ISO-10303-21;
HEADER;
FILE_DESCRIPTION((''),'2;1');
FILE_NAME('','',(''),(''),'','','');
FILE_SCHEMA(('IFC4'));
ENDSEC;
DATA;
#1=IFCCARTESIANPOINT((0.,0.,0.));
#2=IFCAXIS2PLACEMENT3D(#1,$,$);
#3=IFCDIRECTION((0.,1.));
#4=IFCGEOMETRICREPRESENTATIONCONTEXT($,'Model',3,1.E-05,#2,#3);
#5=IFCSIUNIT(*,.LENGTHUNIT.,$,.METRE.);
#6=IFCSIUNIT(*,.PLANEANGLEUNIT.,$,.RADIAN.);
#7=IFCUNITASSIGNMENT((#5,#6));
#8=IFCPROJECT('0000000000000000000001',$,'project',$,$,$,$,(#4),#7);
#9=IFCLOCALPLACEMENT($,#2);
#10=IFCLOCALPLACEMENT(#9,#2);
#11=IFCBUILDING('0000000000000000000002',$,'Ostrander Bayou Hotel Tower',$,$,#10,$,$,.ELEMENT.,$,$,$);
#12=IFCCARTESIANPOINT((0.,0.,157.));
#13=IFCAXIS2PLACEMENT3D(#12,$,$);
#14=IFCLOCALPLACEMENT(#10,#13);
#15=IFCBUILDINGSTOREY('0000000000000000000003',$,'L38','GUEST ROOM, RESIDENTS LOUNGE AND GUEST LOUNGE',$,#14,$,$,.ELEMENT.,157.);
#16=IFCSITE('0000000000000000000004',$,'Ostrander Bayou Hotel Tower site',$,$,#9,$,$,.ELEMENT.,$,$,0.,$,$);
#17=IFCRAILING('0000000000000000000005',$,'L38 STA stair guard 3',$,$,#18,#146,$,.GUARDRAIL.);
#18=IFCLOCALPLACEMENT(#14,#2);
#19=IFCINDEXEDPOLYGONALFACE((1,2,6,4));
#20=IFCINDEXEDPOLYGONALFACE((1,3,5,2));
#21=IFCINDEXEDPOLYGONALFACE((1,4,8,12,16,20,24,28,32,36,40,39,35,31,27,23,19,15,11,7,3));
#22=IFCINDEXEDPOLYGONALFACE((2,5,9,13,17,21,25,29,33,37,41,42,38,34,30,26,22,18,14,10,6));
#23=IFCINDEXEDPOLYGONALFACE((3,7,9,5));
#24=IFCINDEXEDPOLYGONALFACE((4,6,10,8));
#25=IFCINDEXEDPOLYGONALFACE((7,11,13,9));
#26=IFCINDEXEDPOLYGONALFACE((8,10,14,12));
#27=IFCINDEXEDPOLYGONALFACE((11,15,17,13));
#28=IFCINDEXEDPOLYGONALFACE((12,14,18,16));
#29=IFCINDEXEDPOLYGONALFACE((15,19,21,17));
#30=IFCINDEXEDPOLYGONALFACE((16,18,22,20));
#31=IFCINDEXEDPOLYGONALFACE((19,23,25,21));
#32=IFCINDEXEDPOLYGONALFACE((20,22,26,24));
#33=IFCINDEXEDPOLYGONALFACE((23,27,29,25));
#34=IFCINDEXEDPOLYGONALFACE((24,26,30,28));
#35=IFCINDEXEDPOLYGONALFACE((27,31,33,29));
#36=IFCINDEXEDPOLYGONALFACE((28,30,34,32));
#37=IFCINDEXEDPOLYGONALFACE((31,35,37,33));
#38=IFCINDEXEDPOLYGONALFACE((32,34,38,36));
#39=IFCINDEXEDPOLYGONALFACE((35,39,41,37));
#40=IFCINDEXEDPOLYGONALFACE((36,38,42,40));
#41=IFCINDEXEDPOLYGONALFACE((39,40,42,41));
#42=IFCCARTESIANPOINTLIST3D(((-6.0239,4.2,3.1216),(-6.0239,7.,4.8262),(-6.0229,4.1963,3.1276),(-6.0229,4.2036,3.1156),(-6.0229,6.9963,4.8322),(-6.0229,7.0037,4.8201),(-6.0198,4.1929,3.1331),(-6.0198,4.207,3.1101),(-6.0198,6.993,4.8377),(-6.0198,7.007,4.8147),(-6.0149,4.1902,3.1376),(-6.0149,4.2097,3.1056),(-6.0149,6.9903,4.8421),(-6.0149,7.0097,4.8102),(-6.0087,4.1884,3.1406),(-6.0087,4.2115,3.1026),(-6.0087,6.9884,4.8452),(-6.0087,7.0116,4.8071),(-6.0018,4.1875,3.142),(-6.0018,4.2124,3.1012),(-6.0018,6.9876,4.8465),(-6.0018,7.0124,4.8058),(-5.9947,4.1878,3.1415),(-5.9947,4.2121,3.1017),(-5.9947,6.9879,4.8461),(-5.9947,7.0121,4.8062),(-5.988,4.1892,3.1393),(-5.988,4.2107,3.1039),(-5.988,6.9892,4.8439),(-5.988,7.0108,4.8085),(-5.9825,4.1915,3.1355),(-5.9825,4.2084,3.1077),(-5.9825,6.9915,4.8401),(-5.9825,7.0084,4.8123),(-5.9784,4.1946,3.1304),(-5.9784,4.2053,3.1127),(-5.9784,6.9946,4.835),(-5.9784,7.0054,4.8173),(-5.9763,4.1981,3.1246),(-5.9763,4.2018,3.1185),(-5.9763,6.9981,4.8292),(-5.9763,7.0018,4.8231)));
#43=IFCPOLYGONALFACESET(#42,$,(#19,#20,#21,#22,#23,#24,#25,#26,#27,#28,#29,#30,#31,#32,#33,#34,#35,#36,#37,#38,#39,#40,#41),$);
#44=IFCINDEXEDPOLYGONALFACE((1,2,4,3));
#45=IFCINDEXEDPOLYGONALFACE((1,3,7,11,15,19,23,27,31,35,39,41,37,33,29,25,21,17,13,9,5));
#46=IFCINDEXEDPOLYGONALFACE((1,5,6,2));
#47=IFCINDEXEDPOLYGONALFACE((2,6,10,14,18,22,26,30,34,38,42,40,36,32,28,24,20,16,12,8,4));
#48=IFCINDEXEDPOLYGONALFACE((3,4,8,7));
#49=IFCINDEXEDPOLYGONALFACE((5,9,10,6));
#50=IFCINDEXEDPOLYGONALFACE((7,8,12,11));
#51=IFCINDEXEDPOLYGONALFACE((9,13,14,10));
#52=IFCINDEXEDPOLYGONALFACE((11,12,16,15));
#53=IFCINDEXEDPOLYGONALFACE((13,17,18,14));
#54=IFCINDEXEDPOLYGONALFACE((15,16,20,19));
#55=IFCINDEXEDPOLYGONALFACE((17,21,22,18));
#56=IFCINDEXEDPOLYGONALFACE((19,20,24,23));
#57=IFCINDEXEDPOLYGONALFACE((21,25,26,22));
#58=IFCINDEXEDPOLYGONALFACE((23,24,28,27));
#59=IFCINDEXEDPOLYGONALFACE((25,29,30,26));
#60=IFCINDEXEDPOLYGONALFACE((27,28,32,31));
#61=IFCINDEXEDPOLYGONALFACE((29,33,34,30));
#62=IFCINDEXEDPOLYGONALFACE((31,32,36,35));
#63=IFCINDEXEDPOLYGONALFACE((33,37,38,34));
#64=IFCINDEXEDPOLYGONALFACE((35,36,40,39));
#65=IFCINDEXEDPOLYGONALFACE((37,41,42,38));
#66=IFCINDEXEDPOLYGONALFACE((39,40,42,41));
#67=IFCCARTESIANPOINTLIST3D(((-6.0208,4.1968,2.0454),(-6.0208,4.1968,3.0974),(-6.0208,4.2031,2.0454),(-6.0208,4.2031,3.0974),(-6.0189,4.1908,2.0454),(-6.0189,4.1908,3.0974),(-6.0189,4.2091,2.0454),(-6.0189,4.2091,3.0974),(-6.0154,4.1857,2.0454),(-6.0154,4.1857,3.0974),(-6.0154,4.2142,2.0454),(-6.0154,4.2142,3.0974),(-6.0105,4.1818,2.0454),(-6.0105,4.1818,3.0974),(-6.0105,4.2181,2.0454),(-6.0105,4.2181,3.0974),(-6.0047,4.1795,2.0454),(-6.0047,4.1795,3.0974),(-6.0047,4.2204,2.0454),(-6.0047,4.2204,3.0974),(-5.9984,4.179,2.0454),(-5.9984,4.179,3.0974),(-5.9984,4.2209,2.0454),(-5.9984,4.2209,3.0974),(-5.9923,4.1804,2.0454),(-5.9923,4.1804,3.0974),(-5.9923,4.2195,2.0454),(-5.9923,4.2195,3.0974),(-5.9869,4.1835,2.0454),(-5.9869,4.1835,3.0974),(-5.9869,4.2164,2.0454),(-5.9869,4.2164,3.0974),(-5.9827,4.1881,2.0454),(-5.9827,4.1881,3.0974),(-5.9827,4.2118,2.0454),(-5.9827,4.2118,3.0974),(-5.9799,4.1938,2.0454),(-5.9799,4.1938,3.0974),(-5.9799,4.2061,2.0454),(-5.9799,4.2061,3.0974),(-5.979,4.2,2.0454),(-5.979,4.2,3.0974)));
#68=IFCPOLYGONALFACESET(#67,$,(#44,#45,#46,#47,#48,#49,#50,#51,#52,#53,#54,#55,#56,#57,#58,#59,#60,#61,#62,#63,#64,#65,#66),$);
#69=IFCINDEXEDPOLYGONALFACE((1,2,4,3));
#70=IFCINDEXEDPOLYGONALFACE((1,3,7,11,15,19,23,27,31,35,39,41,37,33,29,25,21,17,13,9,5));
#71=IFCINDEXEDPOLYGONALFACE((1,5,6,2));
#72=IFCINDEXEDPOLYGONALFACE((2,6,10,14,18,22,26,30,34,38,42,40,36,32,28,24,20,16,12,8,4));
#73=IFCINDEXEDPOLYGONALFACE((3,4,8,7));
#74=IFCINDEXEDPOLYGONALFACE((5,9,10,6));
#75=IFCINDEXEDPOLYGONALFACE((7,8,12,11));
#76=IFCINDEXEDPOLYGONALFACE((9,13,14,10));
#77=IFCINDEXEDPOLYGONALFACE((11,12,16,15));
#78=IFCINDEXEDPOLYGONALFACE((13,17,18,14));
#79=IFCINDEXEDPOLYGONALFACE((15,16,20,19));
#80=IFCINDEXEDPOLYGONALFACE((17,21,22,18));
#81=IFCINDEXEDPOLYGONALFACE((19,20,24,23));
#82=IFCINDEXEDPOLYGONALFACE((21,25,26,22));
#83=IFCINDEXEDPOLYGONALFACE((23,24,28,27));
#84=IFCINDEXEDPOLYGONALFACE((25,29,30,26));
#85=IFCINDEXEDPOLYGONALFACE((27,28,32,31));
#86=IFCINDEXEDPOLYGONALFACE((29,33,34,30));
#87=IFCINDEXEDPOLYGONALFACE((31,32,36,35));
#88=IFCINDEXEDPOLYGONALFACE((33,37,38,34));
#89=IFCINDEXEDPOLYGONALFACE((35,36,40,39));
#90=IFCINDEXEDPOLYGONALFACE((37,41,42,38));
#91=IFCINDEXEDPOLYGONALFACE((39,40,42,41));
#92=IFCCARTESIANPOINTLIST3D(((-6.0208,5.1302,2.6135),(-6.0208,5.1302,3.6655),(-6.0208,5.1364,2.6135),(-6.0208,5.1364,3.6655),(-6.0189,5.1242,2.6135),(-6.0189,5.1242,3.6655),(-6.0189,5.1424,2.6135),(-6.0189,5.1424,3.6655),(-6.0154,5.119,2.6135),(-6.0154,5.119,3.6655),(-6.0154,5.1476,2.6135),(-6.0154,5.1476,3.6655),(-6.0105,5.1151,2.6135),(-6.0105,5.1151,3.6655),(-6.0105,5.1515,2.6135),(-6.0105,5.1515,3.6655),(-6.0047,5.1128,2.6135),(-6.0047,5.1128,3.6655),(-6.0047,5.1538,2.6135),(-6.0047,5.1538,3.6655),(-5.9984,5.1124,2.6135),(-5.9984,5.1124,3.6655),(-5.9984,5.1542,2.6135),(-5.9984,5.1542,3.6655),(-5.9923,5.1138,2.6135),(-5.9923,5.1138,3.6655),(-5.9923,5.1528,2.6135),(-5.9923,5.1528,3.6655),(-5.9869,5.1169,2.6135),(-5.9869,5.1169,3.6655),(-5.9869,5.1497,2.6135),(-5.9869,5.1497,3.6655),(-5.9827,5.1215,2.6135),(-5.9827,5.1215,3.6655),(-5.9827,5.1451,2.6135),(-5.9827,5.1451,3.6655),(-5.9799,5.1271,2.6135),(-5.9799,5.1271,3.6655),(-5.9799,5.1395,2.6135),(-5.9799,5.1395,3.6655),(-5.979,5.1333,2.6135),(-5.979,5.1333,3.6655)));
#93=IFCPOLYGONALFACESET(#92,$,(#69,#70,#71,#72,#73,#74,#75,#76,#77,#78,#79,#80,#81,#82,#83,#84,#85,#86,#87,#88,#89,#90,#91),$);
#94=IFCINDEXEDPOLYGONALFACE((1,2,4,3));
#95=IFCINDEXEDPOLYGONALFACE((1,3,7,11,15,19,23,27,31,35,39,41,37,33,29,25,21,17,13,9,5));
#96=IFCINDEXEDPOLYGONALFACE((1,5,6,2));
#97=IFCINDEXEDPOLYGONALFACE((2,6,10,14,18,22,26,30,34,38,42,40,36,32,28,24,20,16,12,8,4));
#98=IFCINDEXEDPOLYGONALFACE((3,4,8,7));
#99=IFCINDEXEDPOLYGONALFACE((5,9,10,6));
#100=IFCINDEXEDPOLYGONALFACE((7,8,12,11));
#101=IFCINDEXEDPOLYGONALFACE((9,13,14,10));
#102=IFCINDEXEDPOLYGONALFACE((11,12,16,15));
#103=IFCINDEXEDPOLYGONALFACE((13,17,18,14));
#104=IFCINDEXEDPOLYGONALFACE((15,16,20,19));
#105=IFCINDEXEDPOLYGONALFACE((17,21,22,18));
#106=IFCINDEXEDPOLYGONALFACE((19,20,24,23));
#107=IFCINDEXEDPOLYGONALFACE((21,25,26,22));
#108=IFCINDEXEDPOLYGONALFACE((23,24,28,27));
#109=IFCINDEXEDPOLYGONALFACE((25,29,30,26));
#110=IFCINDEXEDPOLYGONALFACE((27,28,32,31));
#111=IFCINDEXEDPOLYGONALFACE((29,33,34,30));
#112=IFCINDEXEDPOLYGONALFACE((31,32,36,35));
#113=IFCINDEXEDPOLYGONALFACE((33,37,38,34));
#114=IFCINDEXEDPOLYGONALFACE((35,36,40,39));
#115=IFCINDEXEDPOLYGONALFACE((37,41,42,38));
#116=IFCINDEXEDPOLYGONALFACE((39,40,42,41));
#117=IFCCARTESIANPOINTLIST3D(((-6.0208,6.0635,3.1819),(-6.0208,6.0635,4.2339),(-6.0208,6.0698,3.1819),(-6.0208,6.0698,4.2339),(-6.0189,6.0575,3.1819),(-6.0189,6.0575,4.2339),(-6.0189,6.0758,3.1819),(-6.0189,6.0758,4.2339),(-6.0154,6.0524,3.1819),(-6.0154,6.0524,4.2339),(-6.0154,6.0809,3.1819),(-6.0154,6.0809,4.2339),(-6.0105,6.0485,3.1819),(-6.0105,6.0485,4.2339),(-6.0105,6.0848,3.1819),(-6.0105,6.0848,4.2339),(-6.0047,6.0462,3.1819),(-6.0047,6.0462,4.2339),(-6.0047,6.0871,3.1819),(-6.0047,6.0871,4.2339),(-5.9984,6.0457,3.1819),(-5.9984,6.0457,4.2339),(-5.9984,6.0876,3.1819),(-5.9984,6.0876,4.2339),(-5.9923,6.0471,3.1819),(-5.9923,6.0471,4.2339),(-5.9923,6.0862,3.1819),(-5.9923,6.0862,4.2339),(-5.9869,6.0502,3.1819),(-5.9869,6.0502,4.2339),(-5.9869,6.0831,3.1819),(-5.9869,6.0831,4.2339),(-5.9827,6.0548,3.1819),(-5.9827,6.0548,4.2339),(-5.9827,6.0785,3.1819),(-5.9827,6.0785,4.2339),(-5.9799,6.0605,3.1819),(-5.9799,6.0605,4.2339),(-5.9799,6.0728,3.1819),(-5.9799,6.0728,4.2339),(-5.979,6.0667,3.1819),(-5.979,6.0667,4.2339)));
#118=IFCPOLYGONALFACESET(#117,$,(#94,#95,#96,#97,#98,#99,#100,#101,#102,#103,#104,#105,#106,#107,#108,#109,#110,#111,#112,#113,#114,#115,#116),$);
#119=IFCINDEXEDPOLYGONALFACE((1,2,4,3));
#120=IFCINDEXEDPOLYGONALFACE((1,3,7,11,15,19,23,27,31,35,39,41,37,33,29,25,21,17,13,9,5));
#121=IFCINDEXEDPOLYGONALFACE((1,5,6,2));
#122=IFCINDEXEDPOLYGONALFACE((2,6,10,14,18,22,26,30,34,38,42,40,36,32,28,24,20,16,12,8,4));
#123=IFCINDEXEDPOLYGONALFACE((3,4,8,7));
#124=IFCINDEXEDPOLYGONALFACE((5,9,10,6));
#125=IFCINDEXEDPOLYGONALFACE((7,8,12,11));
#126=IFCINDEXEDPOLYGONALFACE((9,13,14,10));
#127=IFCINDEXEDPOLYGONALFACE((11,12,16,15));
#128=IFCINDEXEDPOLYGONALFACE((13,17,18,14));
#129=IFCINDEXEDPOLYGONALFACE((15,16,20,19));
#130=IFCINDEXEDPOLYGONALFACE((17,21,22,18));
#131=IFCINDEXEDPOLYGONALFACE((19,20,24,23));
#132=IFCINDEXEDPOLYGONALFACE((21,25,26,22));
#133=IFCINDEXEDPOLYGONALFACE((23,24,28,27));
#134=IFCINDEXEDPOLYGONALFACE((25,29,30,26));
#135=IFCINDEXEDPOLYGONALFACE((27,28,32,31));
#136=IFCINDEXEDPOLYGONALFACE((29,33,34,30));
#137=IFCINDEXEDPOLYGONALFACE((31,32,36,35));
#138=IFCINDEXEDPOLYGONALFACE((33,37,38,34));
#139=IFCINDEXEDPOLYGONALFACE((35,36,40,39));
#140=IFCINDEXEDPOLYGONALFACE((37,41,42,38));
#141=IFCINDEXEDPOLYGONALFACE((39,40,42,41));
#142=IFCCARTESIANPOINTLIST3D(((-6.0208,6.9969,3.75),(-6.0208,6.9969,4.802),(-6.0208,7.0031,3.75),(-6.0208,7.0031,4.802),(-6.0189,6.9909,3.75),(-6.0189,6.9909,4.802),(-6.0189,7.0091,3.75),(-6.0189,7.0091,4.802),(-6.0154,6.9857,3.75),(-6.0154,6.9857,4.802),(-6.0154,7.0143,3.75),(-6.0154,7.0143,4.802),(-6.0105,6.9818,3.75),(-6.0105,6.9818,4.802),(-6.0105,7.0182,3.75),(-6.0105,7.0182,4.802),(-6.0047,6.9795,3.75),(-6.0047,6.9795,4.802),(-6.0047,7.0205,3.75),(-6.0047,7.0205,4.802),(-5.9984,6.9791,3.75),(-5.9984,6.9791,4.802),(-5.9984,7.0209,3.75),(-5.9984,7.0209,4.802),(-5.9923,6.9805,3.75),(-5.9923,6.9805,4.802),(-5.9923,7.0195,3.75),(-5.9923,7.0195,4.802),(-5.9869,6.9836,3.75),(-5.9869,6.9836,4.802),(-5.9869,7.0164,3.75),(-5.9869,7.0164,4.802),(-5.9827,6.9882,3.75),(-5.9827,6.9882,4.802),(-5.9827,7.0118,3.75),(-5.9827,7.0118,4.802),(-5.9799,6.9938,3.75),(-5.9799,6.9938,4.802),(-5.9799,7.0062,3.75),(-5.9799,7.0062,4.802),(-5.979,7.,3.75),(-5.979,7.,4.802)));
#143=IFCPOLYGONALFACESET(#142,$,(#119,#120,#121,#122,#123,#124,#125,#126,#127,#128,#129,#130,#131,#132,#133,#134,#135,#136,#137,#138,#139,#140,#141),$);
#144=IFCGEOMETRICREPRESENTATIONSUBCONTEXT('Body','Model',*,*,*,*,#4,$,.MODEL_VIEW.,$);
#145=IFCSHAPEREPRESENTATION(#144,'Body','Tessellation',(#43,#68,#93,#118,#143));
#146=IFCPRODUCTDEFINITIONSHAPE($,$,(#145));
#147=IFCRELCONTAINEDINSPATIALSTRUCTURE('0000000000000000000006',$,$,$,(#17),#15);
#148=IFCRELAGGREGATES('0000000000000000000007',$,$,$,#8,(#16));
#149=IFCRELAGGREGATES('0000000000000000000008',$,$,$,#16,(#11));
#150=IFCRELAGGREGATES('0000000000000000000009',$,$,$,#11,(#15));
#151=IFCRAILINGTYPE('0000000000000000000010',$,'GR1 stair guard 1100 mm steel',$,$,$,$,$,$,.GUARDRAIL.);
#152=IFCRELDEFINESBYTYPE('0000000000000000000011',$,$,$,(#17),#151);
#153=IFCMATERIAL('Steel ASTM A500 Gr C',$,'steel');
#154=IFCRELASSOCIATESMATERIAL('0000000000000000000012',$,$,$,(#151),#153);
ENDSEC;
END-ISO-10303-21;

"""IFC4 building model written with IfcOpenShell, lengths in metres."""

from ifc_helpers import new_model, si_unit, direction, frame, origin, origin_2d, place, context, subcontext, project, spatial, circle, extrude, material, type_object, element, save


model = new_model("IFC4")

# Units and contexts
model_context = context("Model", 3, precision=1e-05, world=origin(), true_north=direction((0.0, 1.0)))
body_context = subcontext(model_context, "Body", "Model", "MODEL_VIEW")
ifc_project = project(units=[si_unit("LENGTHUNIT", "METRE"), si_unit("PLANEANGLEUNIT", "RADIAN")], contexts=[model_context])

# Site, building, storey
site_placement = place(None, origin())
site = spatial("IfcSite", under=ifc_project, at=site_placement, Name="Ostrander Bayou Hotel Tower site", CompositionType="ELEMENT", RefElevation=0.0)
building_placement = place(site_placement, origin())
building = spatial("IfcBuilding", under=site, at=building_placement, Name="Ostrander Bayou Hotel Tower", CompositionType="ELEMENT")
storey_placement = place(building_placement, frame((0.0, 0.0, 157.0)))
storey = spatial("IfcBuildingStorey", under=building, at=storey_placement, Name="L38", Description="GUEST ROOM, RESIDENTS LOUNGE AND GUEST LOUNGE", CompositionType="ELEMENT", Elevation=157.0)

# Railing
ifc_material_1 = material(Name="Steel ASTM A500 Gr C", Category="steel")
railing_type_1 = type_object("IfcRailingType", Name="GR1 stair guard 1100 mm steel", PredefinedType="GUARDRAIL", material=ifc_material_1)
railing_1_placement = place(storey_placement, frame((-6.0, 4.2, 2.0454)))
element("IfcRailing", 1, at=railing_1_placement, inside=storey, type_object=railing_type_1, Name="L38 STA stair guard 3", PredefinedType="GUARDRAIL", context=body_context, shape_type="SweptSolid", body=[
    extrude(circle(Radius=0.0239, at=origin_2d()), frame((0.0, 0.0, 1.0762), z_axis=(0.0, 0.85417, 0.519994), x_axis=(-1.0, 0.0, 0.0)), (0.0, 0.0, 1.0), 3.2781),
    extrude(circle(Radius=0.021, at=origin_2d()), origin(), (0.0, 0.0, 1.0), 1.052),
    extrude(circle(Radius=0.021, at=origin_2d()), frame((0.0, 0.9333, 0.5681)), (0.0, 0.0, 1.0), 1.052),
    extrude(circle(Radius=0.021, at=origin_2d()), frame((0.0, 1.8667, 1.1365)), (0.0, 0.0, 1.0), 1.052),
    extrude(circle(Radius=0.021, at=origin_2d()), frame((0.0, 2.8, 1.7046)), (0.0, 0.0, 1.0), 1.052),
])

save(model, "model.ifc")
